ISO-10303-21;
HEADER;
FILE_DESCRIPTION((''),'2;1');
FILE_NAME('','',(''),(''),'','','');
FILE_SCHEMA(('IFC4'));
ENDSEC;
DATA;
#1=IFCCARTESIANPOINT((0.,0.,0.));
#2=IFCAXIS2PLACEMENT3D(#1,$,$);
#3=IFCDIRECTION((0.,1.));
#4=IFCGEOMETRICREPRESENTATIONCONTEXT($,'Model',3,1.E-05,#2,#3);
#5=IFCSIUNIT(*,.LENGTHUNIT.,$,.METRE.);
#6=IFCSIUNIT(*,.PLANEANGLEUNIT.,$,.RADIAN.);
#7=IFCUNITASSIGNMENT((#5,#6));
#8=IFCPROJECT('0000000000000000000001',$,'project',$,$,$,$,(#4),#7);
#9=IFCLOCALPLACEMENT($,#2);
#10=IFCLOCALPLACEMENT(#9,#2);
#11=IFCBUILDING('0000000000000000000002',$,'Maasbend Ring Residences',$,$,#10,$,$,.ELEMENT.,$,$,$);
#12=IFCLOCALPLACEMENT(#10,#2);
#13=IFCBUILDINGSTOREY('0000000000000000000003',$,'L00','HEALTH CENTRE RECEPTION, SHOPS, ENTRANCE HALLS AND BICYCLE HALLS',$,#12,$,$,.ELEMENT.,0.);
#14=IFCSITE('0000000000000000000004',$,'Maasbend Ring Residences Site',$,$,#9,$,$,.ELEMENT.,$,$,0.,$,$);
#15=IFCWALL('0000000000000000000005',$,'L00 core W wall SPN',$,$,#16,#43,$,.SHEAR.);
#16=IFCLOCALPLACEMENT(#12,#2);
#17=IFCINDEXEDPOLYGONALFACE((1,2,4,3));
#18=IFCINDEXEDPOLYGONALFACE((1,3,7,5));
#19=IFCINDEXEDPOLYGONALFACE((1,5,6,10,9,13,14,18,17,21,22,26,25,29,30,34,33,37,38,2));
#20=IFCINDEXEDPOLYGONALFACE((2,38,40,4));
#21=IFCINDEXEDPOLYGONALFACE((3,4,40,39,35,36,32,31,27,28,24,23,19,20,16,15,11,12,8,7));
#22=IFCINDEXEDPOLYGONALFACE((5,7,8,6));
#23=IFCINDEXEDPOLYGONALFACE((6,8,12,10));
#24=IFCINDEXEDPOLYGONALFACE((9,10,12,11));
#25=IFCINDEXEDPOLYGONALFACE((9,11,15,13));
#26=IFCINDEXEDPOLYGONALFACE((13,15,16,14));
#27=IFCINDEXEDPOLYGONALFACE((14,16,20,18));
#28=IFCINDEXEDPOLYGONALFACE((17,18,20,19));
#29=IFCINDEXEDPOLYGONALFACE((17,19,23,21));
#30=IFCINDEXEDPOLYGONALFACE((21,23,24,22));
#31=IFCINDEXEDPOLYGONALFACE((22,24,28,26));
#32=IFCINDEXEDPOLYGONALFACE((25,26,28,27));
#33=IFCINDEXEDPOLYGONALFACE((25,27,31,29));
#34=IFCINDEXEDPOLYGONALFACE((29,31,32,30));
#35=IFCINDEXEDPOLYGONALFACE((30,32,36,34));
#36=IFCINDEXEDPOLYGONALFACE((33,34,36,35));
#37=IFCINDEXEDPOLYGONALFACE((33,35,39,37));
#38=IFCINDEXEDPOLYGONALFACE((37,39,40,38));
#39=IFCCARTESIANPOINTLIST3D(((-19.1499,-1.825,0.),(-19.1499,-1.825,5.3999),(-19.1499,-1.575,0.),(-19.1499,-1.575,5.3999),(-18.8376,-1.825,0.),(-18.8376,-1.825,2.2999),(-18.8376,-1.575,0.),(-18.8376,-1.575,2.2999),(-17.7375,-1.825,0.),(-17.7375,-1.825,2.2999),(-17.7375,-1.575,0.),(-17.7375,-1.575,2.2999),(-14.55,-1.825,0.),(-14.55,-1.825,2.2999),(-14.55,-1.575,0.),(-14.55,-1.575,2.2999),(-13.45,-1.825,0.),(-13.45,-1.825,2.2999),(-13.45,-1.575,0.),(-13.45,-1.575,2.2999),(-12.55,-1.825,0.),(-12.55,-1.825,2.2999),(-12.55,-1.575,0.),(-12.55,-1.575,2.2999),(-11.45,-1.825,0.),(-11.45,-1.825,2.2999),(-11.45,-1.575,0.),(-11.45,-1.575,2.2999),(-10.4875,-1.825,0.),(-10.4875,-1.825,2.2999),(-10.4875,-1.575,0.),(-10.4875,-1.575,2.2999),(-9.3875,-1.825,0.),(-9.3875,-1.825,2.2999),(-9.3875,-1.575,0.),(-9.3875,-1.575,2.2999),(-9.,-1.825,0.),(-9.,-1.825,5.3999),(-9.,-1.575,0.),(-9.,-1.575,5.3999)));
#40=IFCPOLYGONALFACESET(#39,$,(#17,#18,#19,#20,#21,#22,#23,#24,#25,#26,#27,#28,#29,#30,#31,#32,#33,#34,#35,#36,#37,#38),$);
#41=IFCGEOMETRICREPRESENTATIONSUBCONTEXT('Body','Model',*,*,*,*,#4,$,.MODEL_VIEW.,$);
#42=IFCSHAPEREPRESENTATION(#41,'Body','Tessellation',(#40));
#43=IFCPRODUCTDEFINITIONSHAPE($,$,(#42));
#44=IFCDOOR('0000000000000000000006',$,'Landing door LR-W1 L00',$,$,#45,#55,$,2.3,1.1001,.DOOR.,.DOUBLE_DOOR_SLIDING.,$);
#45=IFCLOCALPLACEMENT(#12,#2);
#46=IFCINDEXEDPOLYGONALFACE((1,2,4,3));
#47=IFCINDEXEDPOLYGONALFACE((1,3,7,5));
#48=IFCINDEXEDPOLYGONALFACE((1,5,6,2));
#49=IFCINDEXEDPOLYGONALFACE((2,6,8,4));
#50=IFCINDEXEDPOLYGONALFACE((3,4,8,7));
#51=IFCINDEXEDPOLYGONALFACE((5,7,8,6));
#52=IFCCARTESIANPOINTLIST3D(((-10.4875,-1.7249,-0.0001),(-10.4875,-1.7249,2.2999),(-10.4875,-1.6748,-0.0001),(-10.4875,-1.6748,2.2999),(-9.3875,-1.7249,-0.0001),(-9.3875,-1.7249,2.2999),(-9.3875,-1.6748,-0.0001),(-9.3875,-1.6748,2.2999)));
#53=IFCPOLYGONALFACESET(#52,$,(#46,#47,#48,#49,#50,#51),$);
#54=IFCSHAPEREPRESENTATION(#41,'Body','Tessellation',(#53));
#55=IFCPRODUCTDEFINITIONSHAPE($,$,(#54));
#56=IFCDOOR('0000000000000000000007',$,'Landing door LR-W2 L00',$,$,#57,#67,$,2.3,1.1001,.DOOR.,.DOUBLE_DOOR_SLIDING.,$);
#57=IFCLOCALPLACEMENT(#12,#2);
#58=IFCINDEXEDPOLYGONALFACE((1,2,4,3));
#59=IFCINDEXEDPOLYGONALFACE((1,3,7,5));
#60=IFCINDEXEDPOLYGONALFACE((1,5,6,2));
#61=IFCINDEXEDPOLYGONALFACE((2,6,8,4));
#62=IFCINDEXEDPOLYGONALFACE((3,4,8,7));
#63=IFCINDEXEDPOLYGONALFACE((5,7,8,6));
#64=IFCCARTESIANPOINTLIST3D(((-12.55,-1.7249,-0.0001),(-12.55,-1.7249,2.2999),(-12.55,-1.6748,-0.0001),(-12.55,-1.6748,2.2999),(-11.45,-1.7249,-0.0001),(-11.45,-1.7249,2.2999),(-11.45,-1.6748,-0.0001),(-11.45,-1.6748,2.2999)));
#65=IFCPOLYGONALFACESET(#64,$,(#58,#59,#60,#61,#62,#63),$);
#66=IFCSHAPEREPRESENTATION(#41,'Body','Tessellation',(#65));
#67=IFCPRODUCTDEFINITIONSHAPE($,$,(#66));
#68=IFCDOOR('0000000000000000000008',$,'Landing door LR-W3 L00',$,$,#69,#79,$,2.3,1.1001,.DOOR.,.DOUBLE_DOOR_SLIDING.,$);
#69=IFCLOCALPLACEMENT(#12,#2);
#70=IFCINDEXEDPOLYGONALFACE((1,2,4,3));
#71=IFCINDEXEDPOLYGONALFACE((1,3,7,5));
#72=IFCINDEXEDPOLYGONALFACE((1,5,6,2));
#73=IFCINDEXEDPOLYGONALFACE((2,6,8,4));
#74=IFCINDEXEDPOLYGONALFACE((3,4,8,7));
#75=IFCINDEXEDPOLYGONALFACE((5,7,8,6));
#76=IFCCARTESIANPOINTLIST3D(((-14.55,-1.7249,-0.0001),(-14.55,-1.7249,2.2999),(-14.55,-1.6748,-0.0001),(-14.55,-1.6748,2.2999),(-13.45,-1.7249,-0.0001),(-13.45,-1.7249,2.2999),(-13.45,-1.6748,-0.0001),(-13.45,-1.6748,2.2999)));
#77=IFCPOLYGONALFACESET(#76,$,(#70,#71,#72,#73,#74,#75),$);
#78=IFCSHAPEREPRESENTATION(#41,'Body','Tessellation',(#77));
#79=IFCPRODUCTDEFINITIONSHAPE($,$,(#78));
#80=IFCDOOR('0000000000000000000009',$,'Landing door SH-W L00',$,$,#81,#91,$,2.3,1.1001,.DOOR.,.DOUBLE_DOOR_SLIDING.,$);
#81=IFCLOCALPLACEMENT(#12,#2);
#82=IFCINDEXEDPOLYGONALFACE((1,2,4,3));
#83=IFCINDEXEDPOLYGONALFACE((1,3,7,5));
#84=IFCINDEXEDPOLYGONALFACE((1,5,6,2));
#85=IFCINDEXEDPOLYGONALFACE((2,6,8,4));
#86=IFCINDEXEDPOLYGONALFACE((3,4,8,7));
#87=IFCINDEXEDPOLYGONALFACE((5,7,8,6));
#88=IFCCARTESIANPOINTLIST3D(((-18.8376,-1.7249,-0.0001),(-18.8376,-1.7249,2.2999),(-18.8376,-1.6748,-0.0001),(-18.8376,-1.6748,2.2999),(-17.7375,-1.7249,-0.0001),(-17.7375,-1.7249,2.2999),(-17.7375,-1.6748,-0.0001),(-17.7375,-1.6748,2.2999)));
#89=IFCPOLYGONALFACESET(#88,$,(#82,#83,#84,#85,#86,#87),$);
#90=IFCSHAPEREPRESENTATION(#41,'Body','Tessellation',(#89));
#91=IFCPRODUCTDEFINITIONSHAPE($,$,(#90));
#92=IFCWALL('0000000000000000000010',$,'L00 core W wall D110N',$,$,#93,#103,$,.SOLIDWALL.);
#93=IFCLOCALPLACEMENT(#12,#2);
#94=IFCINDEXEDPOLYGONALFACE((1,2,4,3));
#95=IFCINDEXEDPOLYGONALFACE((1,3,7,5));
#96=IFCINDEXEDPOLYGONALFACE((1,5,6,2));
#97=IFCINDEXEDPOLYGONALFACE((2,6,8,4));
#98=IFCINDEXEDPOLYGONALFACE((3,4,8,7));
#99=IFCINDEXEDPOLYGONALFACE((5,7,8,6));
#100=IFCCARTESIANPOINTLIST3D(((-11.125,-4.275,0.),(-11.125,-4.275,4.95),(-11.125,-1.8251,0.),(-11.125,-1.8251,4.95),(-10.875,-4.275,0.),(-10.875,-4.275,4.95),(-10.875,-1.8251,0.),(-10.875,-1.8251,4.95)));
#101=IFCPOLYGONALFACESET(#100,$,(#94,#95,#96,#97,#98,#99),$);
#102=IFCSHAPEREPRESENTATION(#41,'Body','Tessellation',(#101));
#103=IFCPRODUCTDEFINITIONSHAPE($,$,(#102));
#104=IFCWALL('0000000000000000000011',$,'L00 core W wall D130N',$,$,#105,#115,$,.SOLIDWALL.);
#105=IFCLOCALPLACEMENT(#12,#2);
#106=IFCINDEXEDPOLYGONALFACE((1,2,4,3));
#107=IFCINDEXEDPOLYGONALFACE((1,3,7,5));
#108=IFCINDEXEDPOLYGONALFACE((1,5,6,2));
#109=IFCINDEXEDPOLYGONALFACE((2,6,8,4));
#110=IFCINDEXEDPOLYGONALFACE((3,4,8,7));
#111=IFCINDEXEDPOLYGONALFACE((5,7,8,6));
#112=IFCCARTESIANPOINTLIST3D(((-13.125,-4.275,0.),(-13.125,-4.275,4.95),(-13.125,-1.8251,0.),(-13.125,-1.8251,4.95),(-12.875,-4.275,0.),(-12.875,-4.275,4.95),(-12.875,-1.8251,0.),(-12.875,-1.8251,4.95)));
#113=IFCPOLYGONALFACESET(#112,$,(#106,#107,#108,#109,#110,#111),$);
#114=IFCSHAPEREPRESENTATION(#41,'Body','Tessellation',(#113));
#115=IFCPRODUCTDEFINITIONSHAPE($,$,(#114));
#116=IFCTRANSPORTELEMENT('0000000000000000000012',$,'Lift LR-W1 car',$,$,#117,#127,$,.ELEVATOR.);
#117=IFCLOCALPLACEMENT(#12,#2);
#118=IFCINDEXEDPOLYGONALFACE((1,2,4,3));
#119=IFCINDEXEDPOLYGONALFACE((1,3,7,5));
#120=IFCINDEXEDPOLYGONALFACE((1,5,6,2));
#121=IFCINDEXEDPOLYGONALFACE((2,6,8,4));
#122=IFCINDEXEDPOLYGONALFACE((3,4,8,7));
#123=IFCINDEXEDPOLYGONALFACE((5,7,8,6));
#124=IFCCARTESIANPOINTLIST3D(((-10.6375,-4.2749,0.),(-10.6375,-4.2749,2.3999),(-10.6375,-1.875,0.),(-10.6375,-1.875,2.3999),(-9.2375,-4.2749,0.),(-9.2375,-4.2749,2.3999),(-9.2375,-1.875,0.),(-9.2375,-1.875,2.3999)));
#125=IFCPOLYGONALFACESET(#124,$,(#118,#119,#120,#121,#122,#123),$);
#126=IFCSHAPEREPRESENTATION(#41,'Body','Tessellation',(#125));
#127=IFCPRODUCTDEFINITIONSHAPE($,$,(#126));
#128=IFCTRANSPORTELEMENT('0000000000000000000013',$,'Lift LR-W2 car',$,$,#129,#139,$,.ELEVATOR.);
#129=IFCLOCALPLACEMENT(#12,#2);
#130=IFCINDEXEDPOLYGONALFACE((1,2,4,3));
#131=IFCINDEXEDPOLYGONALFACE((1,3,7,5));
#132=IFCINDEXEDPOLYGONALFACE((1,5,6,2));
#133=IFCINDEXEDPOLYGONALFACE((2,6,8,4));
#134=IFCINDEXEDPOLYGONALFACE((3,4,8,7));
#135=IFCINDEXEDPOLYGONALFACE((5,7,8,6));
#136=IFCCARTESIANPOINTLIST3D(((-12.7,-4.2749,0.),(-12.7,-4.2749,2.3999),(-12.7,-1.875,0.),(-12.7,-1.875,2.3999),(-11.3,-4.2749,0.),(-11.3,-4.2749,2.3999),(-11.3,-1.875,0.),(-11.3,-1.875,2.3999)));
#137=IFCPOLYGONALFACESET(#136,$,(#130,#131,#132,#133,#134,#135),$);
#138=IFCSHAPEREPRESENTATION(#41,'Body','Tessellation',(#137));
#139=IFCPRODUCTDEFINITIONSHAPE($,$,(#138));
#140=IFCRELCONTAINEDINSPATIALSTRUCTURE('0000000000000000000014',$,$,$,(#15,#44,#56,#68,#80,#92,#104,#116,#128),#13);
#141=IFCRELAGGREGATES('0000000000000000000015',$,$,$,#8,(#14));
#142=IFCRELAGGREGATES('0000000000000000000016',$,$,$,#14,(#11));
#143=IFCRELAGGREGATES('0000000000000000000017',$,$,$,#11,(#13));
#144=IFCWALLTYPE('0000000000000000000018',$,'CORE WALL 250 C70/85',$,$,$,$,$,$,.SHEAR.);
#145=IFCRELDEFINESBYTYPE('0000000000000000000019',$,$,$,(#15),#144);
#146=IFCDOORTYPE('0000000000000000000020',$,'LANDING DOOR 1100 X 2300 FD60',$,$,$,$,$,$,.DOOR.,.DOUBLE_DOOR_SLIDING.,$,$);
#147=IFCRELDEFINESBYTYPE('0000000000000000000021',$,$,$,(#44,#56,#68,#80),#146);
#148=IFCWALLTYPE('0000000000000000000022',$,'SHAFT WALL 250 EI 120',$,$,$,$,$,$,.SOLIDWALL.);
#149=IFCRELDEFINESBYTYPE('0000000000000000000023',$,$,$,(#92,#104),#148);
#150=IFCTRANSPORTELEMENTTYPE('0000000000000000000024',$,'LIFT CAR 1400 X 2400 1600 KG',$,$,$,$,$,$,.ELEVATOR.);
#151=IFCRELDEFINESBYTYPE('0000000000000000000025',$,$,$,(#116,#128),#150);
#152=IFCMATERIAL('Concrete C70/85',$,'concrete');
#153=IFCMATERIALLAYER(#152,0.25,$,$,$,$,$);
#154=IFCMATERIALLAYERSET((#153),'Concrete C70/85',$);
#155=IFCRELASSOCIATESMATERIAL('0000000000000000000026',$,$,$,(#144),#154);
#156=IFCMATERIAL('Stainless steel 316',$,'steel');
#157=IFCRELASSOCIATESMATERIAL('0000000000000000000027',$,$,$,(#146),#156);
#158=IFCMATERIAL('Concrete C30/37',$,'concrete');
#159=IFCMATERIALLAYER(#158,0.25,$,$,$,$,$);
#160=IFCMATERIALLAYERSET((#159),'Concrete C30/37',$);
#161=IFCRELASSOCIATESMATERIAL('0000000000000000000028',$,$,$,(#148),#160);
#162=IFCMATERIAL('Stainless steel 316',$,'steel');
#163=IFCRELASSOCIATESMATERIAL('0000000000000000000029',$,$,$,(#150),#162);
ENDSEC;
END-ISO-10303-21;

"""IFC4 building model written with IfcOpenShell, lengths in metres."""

from ifc_helpers import new_model, si_unit, direction, frame, frame_2d, origin, origin_2d, place, context, subcontext, project, spatial, rectangle, extrude, material, layer, layer_set, type_object, element, fill, save


model = new_model("IFC4")

# Units and contexts
model_context = context("Model", 3, precision=1e-05, world=origin(), true_north=direction((0.0, 1.0)))
body_context = subcontext(model_context, "Body", "Model", "MODEL_VIEW")
ifc_project = project(units=[si_unit("LENGTHUNIT", "METRE"), si_unit("PLANEANGLEUNIT", "RADIAN")], contexts=[model_context])

# Site, building, storey
site_placement = place(None, origin())
site = spatial("IfcSite", under=ifc_project, at=site_placement, Name="Maasbend Ring Residences Site", CompositionType="ELEMENT", RefElevation=0.0)
building_placement = place(site_placement, origin())
building = spatial("IfcBuilding", under=site, at=building_placement, Name="Maasbend Ring Residences", CompositionType="ELEMENT")
storey_placement = place(building_placement, origin())
storey = spatial("IfcBuildingStorey", under=building, at=storey_placement, Name="L00", Description="HEALTH CENTRE RECEPTION, SHOPS, ENTRANCE HALLS AND BICYCLE HALLS", CompositionType="ELEMENT", Elevation=0.0)

# Wall, openings, doors
ifc_material_1 = material(Name="Concrete C70/85", Category="concrete")
ifc_layer_1 = layer(ifc_material_1, 0.25)
ifc_layer_set_1 = layer_set([ifc_layer_1], Name="Concrete C70/85")
wall_type_1 = type_object("IfcWallType", Name="CORE WALL 250 C70/85", PredefinedType="SHEAR", material=ifc_layer_set_1)
wall_placement = place(storey_placement, frame((-9.0, -1.7, 0.0), z_axis=(0.0, 0.0, 1.0), x_axis=(-1.0, 0.0, 0.0)))
wall = element("IfcWall", 1, at=wall_placement, inside=storey, type_object=wall_type_1, Name="L00 core W wall SPN", PredefinedType="SHEAR", context=body_context, shape_type="SweptSolid", body=[
    extrude(rectangle(XDim=10.1499, YDim=0.25, at=frame_2d((5.075, 0.0))), origin(), (0.0, 0.0, 1.0), 5.3999),
])
opening_1_placement = place(wall_placement, frame((0.3875, 0.0, 0.0)))
opening_1 = element("IfcOpeningElement", 2, at=opening_1_placement, cuts=wall, PredefinedType="OPENING", context=body_context, shape_type="SweptSolid", body=[
    extrude(rectangle(XDim=1.1001, YDim=2.3, at=frame_2d((0.55, 1.1499))), frame((0.0, 0.135, 0.0), z_axis=(0.0, -1.0, 0.0), x_axis=(1.0, 0.0, 0.0)), (0.0, 0.0, 1.0), 0.27),
])
opening_2_placement = place(wall_placement, frame((2.45, 0.0, 0.0)))
opening_2 = element("IfcOpeningElement", 3, at=opening_2_placement, cuts=wall, PredefinedType="OPENING", context=body_context, shape_type="SweptSolid", body=[
    extrude(rectangle(XDim=1.1001, YDim=2.3, at=frame_2d((0.55, 1.1499))), frame((0.0, 0.135, 0.0), z_axis=(0.0, -1.0, 0.0), x_axis=(1.0, 0.0, 0.0)), (0.0, 0.0, 1.0), 0.27),
])
opening_3_placement = place(wall_placement, frame((4.45, 0.0, 0.0)))
opening_3 = element("IfcOpeningElement", 4, at=opening_3_placement, cuts=wall, PredefinedType="OPENING", context=body_context, shape_type="SweptSolid", body=[
    extrude(rectangle(XDim=1.1001, YDim=2.3, at=frame_2d((0.55, 1.1499))), frame((0.0, 0.135, 0.0), z_axis=(0.0, -1.0, 0.0), x_axis=(1.0, 0.0, 0.0)), (0.0, 0.0, 1.0), 0.27),
])
opening_4_placement = place(wall_placement, frame((8.7375, 0.0, 0.0)))
opening_4 = element("IfcOpeningElement", 5, at=opening_4_placement, cuts=wall, PredefinedType="OPENING", context=body_context, shape_type="SweptSolid", body=[
    extrude(rectangle(XDim=1.1001, YDim=2.3, at=frame_2d((0.55, 1.1499))), frame((0.0, 0.135, 0.0), z_axis=(0.0, -1.0, 0.0), x_axis=(1.0, 0.0, 0.0)), (0.0, 0.0, 1.0), 0.27),
])
ifc_material_2 = material(Name="Stainless steel 316", Category="steel")
door_type = type_object("IfcDoorType", Name="LANDING DOOR 1100 X 2300 FD60", OperationType="DOUBLE_DOOR_SLIDING", PredefinedType="DOOR", material=ifc_material_2)
door_1_placement = place(opening_1_placement, origin())
door_1 = element("IfcDoor", 6, at=door_1_placement, inside=storey, type_object=door_type, Name="Landing door LR-W1 L00", OperationType="DOUBLE_DOOR_SLIDING", OverallHeight=2.3, OverallWidth=1.1001, PredefinedType="DOOR", context=body_context, shape_type="SweptSolid", body=[
    extrude(rectangle(XDim=1.1001, YDim=2.3, at=frame_2d((0.55, 1.1499))), frame((0.0, 0.0249, 0.0), z_axis=(0.0, -1.0, 0.0), x_axis=(1.0, 0.0, 0.0)), (0.0, 0.0, 1.0), 0.05),
])
fill(opening_1, door_1)
door_2_placement = place(opening_2_placement, origin())
door_2 = element("IfcDoor", 7, at=door_2_placement, inside=storey, type_object=door_type, Name="Landing door LR-W2 L00", OperationType="DOUBLE_DOOR_SLIDING", OverallHeight=2.3, OverallWidth=1.1001, PredefinedType="DOOR", context=body_context, shape_type="SweptSolid", body=[
    extrude(rectangle(XDim=1.1001, YDim=2.3, at=frame_2d((0.55, 1.1499))), frame((0.0, 0.0249, 0.0), z_axis=(0.0, -1.0, 0.0), x_axis=(1.0, 0.0, 0.0)), (0.0, 0.0, 1.0), 0.05),
])
fill(opening_2, door_2)
door_3_placement = place(opening_3_placement, origin())
door_3 = element("IfcDoor", 8, at=door_3_placement, inside=storey, type_object=door_type, Name="Landing door LR-W3 L00", OperationType="DOUBLE_DOOR_SLIDING", OverallHeight=2.3, OverallWidth=1.1001, PredefinedType="DOOR", context=body_context, shape_type="SweptSolid", body=[
    extrude(rectangle(XDim=1.1001, YDim=2.3, at=frame_2d((0.55, 1.1499))), frame((0.0, 0.0249, 0.0), z_axis=(0.0, -1.0, 0.0), x_axis=(1.0, 0.0, 0.0)), (0.0, 0.0, 1.0), 0.05),
])
fill(opening_3, door_3)
door_4_placement = place(opening_4_placement, origin())
door_4 = element("IfcDoor", 9, at=door_4_placement, inside=storey, type_object=door_type, Name="Landing door SH-W L00", OperationType="DOUBLE_DOOR_SLIDING", OverallHeight=2.3, OverallWidth=1.1001, PredefinedType="DOOR", context=body_context, shape_type="SweptSolid", body=[
    extrude(rectangle(XDim=1.1001, YDim=2.3, at=frame_2d((0.55, 1.1499))), frame((0.0, 0.0249, 0.0), z_axis=(0.0, -1.0, 0.0), x_axis=(1.0, 0.0, 0.0)), (0.0, 0.0, 1.0), 0.05),
])
fill(opening_4, door_4)

# Walls
ifc_material_3 = material(Name="Concrete C30/37", Category="concrete")
ifc_layer_2 = layer(ifc_material_3, 0.25)
ifc_layer_set_2 = layer_set([ifc_layer_2], Name="Concrete C30/37")
wall_type_2 = type_object("IfcWallType", Name="SHAFT WALL 250 EI 120", PredefinedType="SOLIDWALL", material=ifc_layer_set_2)
for number, where, z_axis, x_axis, name in (
    (10, (-11.0, -1.825, 0.0), (0.0, 0.0, 1.0), (0.0, -1.0, 0.0), "L00 core W wall D110N"),
    (11, (-13.0, -1.825, 0.0), (0.0, 0.0, 1.0), (0.0, -1.0, 0.0), "L00 core W wall D130N"),
):
    element("IfcWall", number, at=place(storey_placement, frame(where, z_axis=z_axis, x_axis=x_axis)), inside=storey, type_object=wall_type_2, Name=name, PredefinedType="SOLIDWALL", context=body_context, shape_type="SweptSolid", body=[
        extrude(rectangle(XDim=2.45, YDim=0.25, at=frame_2d((1.2251, 0.0))), origin(), (0.0, 0.0, 1.0), 4.95),
    ])

# Transport elements
ifc_material_4 = material(Name="Stainless steel 316", Category="steel")
transport_element_type = type_object("IfcTransportElementType", Name="LIFT CAR 1400 X 2400 1600 KG", PredefinedType="ELEVATOR", material=ifc_material_4)
for number, where, z_axis, x_axis, name in (
    (12, (-9.9375, -3.075, 0.0), (0.0, 0.0, 1.0), (1.0, 0.0, 0.0), "Lift LR-W1 car"),
    (13, (-12.0, -3.075, 0.0), (0.0, 0.0, 1.0), (1.0, 0.0, 0.0), "Lift LR-W2 car"),
):
    element("IfcTransportElement", number, at=place(storey_placement, frame(where, z_axis=z_axis, x_axis=x_axis)), inside=storey, type_object=transport_element_type, Name=name, PredefinedType="ELEVATOR", context=body_context, shape_type="SweptSolid", body=[
        extrude(rectangle(XDim=1.3999, YDim=2.3999, at=origin_2d()), origin(), (0.0, 0.0, 1.0), 2.3999),
    ])

save(model, "model.ifc")
